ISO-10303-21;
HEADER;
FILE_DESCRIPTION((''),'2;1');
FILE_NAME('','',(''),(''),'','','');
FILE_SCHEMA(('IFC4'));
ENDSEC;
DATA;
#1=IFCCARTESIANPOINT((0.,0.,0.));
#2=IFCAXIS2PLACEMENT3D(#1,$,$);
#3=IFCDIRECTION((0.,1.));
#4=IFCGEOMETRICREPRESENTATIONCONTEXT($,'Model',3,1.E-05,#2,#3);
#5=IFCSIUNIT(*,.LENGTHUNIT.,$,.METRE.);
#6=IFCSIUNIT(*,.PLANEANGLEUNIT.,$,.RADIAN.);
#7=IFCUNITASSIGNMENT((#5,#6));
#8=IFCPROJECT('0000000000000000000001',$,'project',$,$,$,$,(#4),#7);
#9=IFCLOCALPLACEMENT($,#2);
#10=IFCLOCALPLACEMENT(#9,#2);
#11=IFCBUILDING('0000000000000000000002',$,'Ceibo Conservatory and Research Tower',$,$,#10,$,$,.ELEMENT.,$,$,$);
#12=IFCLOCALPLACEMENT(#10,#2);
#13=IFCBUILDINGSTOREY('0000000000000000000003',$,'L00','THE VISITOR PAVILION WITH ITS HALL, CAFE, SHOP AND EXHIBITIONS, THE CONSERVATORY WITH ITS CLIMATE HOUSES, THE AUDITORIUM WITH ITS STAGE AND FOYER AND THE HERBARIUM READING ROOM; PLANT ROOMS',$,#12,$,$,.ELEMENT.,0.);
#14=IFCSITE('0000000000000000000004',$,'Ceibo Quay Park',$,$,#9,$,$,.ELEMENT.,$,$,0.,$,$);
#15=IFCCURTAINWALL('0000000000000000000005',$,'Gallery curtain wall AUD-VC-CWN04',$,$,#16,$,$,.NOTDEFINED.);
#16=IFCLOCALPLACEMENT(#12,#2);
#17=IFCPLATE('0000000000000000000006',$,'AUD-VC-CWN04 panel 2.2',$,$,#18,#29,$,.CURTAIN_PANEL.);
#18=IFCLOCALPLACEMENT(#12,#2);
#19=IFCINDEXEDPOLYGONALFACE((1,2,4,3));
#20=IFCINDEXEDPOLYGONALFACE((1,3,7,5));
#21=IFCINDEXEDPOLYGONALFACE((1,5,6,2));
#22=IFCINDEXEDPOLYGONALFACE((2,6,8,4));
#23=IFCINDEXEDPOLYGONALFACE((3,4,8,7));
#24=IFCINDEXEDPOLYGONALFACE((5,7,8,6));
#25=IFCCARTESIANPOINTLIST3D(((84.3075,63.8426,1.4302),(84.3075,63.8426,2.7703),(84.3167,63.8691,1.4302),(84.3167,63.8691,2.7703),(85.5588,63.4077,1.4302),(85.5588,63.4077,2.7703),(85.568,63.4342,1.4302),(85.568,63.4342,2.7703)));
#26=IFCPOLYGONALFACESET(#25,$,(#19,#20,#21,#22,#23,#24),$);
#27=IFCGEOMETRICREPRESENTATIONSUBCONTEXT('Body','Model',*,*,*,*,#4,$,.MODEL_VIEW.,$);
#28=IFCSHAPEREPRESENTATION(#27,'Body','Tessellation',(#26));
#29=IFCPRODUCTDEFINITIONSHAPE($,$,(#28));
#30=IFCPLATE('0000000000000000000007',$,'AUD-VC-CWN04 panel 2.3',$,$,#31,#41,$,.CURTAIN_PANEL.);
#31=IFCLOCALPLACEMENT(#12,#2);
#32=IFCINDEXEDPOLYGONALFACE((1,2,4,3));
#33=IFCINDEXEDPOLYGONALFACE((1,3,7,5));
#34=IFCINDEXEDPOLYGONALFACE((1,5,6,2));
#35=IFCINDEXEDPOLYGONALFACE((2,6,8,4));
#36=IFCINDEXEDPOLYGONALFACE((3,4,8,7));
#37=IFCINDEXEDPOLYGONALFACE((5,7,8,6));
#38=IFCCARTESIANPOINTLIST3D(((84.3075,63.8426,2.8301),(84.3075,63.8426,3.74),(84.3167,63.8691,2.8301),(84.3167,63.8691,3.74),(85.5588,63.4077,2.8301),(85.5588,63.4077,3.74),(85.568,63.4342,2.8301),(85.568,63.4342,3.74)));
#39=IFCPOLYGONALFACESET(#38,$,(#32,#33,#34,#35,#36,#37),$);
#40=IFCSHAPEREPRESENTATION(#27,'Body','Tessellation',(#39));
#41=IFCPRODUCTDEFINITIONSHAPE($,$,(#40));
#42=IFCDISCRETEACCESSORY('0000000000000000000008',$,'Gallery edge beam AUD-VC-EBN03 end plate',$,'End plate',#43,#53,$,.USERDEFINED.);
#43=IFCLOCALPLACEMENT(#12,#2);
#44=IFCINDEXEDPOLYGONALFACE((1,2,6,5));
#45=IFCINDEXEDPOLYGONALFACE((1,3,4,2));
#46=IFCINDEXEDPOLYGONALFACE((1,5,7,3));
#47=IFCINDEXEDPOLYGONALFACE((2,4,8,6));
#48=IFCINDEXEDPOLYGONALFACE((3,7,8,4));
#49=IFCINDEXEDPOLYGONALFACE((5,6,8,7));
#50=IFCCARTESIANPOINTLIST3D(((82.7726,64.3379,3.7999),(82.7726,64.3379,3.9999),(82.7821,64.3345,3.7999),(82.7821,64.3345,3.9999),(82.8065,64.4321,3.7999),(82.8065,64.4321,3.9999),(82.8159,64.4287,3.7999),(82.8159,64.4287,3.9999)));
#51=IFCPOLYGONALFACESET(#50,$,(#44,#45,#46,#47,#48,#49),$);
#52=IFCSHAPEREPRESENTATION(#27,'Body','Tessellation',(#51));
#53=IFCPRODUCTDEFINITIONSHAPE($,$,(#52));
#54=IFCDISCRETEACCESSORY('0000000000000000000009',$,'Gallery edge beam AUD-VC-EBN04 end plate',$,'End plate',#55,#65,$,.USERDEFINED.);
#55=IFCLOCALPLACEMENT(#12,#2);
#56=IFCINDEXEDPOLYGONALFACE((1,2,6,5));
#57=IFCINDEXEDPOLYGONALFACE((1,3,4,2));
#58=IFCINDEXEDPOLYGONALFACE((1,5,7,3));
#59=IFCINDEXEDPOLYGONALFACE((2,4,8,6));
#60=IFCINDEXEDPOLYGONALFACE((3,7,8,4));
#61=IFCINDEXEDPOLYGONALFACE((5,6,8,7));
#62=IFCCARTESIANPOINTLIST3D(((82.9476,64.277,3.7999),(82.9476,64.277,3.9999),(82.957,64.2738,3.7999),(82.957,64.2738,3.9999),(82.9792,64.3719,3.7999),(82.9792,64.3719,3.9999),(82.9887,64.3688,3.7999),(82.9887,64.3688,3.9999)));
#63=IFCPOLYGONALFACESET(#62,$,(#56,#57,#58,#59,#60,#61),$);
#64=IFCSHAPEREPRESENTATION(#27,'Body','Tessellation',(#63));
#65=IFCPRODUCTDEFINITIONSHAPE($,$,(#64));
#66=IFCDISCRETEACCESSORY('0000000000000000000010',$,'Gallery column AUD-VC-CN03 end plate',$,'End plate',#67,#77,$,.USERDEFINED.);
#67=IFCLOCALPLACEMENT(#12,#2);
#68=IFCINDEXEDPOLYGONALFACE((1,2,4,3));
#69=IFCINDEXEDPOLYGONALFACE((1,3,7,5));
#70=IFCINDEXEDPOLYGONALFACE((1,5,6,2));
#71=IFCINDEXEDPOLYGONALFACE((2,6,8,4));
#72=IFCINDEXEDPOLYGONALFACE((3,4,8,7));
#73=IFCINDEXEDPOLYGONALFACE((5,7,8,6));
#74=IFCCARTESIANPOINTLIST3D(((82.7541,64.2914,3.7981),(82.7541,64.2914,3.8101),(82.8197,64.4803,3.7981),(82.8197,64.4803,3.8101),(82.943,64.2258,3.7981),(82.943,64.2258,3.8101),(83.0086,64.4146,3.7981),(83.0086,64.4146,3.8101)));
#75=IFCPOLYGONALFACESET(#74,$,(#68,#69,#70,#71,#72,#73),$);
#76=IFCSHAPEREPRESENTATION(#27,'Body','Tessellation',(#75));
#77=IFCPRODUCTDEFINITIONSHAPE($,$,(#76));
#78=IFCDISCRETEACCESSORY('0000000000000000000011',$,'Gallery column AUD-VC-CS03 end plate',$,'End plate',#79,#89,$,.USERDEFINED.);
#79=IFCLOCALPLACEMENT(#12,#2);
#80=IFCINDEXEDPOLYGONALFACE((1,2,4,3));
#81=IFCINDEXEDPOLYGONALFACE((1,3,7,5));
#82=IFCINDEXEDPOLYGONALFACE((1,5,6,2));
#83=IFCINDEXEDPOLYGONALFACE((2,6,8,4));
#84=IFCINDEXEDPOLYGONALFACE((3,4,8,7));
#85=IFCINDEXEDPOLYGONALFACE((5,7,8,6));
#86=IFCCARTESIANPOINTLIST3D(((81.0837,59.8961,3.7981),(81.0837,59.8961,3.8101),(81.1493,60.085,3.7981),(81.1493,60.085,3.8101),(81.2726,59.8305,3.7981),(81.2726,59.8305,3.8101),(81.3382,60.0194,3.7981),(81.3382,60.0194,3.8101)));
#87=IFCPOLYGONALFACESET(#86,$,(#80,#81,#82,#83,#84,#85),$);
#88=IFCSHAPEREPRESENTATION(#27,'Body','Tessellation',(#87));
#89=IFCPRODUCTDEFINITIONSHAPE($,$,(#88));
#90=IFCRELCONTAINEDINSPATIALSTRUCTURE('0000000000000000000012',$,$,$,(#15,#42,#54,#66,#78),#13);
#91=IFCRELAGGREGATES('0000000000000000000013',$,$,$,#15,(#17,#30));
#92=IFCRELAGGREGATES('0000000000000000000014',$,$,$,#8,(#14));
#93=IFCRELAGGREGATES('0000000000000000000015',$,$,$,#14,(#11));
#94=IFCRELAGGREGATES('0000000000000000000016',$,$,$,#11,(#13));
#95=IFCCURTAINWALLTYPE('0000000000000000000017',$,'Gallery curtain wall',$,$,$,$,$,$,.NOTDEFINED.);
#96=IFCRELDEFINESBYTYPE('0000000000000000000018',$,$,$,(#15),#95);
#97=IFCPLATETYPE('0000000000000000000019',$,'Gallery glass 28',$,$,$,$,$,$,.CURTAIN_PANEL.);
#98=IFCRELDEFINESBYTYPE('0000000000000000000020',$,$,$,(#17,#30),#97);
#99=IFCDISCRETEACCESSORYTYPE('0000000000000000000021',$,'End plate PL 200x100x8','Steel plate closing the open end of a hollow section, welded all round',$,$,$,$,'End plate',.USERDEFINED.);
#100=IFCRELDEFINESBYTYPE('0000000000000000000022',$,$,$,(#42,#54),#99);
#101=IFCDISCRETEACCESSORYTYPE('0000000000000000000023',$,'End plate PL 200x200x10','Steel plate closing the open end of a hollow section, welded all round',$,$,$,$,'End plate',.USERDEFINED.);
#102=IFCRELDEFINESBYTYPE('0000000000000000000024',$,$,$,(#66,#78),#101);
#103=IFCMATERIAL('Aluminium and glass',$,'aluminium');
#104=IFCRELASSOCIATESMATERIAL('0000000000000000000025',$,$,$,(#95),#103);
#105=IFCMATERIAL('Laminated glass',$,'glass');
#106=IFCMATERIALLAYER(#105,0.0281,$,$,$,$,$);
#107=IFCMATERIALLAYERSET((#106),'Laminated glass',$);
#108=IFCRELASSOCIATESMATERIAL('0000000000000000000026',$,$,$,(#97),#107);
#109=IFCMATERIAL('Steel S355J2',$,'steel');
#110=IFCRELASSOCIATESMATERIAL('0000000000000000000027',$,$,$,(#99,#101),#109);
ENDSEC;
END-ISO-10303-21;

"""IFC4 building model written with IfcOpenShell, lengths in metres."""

from ifc_helpers import new_model, si_unit, direction, frame, origin, origin_2d, place, context, subcontext, project, spatial, rectangle, extrude, material, layer, layer_set, material_profile, profile_set, type_object, element, aggregate, save


model = new_model("IFC4")

# Units and contexts
model_context = context("Model", 3, precision=1e-05, world=origin(), true_north=direction((0.0, 1.0)))
body_context = subcontext(model_context, "Body", "Model", "MODEL_VIEW")
ifc_project = project(units=[si_unit("LENGTHUNIT", "METRE"), si_unit("PLANEANGLEUNIT", "RADIAN")], contexts=[model_context])

# Site, building, storey
site_placement = place(None, origin())
site = spatial("IfcSite", under=ifc_project, at=site_placement, Name="Ceibo Quay Park", CompositionType="ELEMENT", RefElevation=0.0)
building_placement = place(site_placement, origin())
building = spatial("IfcBuilding", under=site, at=building_placement, Name="Ceibo Conservatory and Research Tower", CompositionType="ELEMENT")
storey_placement = place(building_placement, origin())
storey = spatial("IfcBuildingStorey", under=building, at=storey_placement, Name="L00", Description="THE VISITOR PAVILION WITH ITS HALL, CAFE, SHOP AND EXHIBITIONS, THE CONSERVATORY WITH ITS CLIMATE HOUSES, THE AUDITORIUM WITH ITS STAGE AND FOYER AND THE HERBARIUM READING ROOM; PLANT ROOMS", CompositionType="ELEMENT", Elevation=0.0)

# Curtain wall
ifc_material_1 = material(Name="Aluminium and glass", Category="aluminium")
curtain_wall_type = type_object("IfcCurtainWallType", Name="Gallery curtain wall", PredefinedType="NOTDEFINED", material=ifc_material_1)
curtain_wall_1_placement = place(storey_placement, origin())
curtain_wall_1 = element("IfcCurtainWall", 1, at=curtain_wall_1_placement, inside=storey, type_object=curtain_wall_type, Name="Gallery curtain wall AUD-VC-CWN04", PredefinedType="NOTDEFINED")

# Shared definitions
ifc_material_2 = material(Name="Steel S355J2", Category="steel")

# Plates
ifc_material_3 = material(Name="Laminated glass", Category="glass")
ifc_layer = layer(ifc_material_3, 0.0281)
ifc_layer_set = layer_set([ifc_layer], Name="Laminated glass")
plate_type = type_object("IfcPlateType", Name="Gallery glass 28", PredefinedType="CURTAIN_PANEL", material=ifc_layer_set)
plate_1_placement = place(storey_placement, frame((84.9377, 63.6384, 1.4302), z_axis=(0.0, 0.0, 1.0), x_axis=(0.944579, -0.328284, 0.0)))
plate_1 = element("IfcPlate", 2, at=plate_1_placement, type_object=plate_type, Name="AUD-VC-CWN04 panel 2.2", PredefinedType="CURTAIN_PANEL", context=body_context, shape_type="SweptSolid", body=[
    extrude(rectangle(XDim=1.3247, YDim=0.0281, at=origin_2d()), origin(), (0.0, 0.0, 1.0), 1.3401),
])
plate_2_placement = place(storey_placement, frame((84.9377, 63.6384, 2.8301), z_axis=(0.0, 0.0, 1.0), x_axis=(0.944579, -0.328284, 0.0)))
plate_2 = element("IfcPlate", 3, at=plate_2_placement, type_object=plate_type, Name="AUD-VC-CWN04 panel 2.3", PredefinedType="CURTAIN_PANEL", context=body_context, shape_type="SweptSolid", body=[
    extrude(rectangle(XDim=1.3247, YDim=0.0281, at=origin_2d()), origin(), (0.0, 0.0, 1.0), 0.9099),
])
aggregate(curtain_wall_1, [plate_1, plate_2])

# Discrete accessories
ifc_material_profile_1 = material_profile(ifc_material_2, rectangle(XDim=0.1001, YDim=0.2, at=origin_2d()), Name="End plate PL 200x100x8")
ifc_profile_set_1 = profile_set([ifc_material_profile_1], Name="Steel S355J2")
discrete_accessory_type_1 = type_object("IfcDiscreteAccessoryType", Name="End plate PL 200x100x8", Description="Steel plate closing the open end of a hollow section, welded all round", ElementType="End plate", PredefinedType="USERDEFINED", material=ifc_profile_set_1)
for number, where, z_axis, x_axis, name in (
    (4, (82.7896, 64.385, 3.8999), (0.941195, -0.337865, 0.0), (0.337865, 0.941195, 0.0), "Gallery edge beam AUD-VC-EBN03 end plate"),
    (5, (82.9634, 64.3245, 3.8999), (0.948683, -0.316228, 0.0), (0.316228, 0.948683, 0.0), "Gallery edge beam AUD-VC-EBN04 end plate"),
):
    element("IfcDiscreteAccessory", number, at=place(storey_placement, frame(where, z_axis=z_axis, x_axis=x_axis)), inside=storey, type_object=discrete_accessory_type_1, Name=name, ObjectType="End plate", PredefinedType="USERDEFINED", context=body_context, shape_type="SweptSolid", body=[
        extrude(rectangle(XDim=0.1001, YDim=0.2, at=origin_2d()), origin(), (0.0, 0.0, 1.0), 0.01),
    ])
ifc_material_profile_2 = material_profile(ifc_material_2, rectangle(XDim=0.2, YDim=0.2, at=origin_2d()), Name="End plate PL 200x200x10")
ifc_profile_set_2 = profile_set([ifc_material_profile_2], Name="Steel S355J2")
discrete_accessory_type_2 = type_object("IfcDiscreteAccessoryType", Name="End plate PL 200x200x10", Description="Steel plate closing the open end of a hollow section, welded all round", ElementType="End plate", PredefinedType="USERDEFINED", material=ifc_profile_set_2)
for number, where, z_axis, x_axis, name in (
    (6, (82.8813, 64.353, 3.7981), (0.0, 0.0, 1.0), (0.944579, -0.328284, 0.0), "Gallery column AUD-VC-CN03 end plate"),
    (7, (81.2109, 59.9578, 3.7981), (0.0, 0.0, 1.0), (0.944579, -0.328284, 0.0), "Gallery column AUD-VC-CS03 end plate"),
):
    element("IfcDiscreteAccessory", number, at=place(storey_placement, frame(where, z_axis=z_axis, x_axis=x_axis)), inside=storey, type_object=discrete_accessory_type_2, Name=name, ObjectType="End plate", PredefinedType="USERDEFINED", context=body_context, shape_type="SweptSolid", body=[
        extrude(rectangle(XDim=0.2, YDim=0.2, at=origin_2d()), origin(), (0.0, 0.0, 1.0), 0.012),
    ])

save(model, "model.ifc")
